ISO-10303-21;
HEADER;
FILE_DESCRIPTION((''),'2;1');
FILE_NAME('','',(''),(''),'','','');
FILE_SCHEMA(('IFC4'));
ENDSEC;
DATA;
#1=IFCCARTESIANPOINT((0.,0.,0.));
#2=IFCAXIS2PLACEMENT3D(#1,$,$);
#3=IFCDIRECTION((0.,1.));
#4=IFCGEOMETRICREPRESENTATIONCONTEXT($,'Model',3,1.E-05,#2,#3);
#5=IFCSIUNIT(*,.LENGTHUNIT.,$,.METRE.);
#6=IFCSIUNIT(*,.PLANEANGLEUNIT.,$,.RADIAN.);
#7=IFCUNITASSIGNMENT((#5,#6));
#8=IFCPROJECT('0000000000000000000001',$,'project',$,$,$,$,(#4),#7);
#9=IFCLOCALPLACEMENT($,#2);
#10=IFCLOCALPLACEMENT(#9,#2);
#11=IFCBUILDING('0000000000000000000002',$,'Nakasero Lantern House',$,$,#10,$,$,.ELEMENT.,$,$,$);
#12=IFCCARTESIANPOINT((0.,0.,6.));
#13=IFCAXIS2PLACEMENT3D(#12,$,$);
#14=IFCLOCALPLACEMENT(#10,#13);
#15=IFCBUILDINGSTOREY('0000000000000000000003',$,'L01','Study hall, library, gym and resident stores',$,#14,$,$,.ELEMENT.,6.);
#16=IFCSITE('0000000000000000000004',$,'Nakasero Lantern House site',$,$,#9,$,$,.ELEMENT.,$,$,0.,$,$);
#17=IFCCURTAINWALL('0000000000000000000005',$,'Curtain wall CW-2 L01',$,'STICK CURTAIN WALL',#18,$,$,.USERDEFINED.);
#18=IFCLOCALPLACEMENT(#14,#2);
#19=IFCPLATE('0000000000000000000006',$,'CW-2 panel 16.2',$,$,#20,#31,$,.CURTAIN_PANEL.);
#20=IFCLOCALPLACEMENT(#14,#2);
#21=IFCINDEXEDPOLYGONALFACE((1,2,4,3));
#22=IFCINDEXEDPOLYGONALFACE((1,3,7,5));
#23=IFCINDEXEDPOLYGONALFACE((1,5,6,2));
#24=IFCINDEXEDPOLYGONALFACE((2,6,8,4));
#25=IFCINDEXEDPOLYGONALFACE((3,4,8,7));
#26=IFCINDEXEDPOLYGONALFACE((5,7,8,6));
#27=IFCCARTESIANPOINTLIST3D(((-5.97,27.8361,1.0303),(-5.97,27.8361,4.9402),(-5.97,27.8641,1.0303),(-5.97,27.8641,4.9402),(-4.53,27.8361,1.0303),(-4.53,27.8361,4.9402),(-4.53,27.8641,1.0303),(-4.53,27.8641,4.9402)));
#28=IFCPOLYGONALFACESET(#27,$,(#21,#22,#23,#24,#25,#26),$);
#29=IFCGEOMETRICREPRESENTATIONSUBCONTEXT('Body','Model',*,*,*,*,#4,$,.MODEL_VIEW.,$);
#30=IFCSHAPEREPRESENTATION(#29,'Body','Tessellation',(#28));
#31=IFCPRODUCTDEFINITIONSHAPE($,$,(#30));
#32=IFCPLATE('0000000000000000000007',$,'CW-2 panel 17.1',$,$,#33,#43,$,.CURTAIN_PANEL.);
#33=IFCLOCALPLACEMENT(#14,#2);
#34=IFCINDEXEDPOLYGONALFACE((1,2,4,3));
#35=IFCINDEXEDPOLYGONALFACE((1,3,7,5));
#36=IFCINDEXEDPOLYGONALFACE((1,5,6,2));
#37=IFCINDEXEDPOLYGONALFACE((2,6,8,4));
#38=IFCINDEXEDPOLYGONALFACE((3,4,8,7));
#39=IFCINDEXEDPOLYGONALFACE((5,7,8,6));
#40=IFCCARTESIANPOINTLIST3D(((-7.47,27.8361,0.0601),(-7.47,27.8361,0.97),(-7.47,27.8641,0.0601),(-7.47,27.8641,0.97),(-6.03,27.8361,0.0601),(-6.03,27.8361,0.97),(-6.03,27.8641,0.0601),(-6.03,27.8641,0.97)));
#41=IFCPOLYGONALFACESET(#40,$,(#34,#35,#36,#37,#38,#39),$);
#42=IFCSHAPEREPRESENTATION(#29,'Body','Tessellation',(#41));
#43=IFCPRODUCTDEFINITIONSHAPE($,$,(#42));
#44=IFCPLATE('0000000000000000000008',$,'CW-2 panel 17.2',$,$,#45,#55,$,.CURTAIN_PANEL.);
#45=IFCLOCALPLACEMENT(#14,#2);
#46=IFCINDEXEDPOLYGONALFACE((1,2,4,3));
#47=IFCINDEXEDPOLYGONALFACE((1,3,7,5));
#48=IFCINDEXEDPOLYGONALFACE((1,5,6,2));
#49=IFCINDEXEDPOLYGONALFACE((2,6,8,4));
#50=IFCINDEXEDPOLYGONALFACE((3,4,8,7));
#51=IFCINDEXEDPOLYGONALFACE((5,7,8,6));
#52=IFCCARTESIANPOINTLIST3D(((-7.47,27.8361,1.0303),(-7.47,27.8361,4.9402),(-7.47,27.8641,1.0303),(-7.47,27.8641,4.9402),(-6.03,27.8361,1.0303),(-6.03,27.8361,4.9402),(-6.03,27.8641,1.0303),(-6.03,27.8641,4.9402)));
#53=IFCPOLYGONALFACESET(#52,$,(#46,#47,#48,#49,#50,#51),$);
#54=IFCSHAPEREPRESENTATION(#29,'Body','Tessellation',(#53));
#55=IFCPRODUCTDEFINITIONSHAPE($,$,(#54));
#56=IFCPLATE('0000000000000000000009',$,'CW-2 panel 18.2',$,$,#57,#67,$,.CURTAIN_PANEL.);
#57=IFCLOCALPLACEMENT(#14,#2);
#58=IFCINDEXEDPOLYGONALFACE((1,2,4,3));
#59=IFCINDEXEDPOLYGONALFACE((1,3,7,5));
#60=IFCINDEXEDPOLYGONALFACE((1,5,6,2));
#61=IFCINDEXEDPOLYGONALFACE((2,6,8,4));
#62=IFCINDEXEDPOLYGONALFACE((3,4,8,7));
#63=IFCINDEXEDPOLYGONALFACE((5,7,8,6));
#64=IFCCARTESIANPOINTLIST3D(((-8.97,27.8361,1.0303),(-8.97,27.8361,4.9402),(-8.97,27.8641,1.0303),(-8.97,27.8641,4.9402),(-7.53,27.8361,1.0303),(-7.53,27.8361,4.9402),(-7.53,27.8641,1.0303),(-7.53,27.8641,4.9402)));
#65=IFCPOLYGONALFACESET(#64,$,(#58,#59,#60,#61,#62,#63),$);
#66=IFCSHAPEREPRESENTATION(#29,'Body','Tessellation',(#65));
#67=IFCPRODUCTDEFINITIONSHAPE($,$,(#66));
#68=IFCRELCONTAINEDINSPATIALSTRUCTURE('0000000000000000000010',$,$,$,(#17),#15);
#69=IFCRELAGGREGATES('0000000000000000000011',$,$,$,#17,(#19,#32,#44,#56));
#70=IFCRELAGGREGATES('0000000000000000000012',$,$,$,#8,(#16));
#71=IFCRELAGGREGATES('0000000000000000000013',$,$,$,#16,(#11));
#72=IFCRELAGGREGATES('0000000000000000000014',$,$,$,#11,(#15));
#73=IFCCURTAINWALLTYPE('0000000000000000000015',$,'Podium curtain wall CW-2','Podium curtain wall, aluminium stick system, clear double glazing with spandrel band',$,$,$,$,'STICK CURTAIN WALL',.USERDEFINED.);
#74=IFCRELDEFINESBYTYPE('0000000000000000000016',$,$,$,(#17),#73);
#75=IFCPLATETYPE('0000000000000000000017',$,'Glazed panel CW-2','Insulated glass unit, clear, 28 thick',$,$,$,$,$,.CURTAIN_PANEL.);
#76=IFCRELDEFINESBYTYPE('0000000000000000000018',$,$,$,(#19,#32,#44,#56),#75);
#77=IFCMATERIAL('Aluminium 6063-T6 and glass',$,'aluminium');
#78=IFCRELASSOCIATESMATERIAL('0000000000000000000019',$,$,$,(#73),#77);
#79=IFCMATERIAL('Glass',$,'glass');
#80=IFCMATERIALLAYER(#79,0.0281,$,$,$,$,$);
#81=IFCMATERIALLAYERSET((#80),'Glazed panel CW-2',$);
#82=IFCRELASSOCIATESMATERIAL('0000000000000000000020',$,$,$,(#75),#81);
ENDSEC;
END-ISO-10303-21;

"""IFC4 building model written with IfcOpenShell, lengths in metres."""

from ifc_helpers import new_model, si_unit, direction, frame, origin, origin_2d, place, context, subcontext, project, spatial, rectangle, extrude, material, layer, layer_set, type_object, element, aggregate, save


model = new_model("IFC4")

# Units and contexts
model_context = context("Model", 3, precision=1e-05, world=origin(), true_north=direction((0.0, 1.0)))
body_context = subcontext(model_context, "Body", "Model", "MODEL_VIEW")
ifc_project = project(units=[si_unit("LENGTHUNIT", "METRE"), si_unit("PLANEANGLEUNIT", "RADIAN")], contexts=[model_context])

# Site, building, storey
site_placement = place(None, origin())
site = spatial("IfcSite", under=ifc_project, at=site_placement, Name="Nakasero Lantern House site", CompositionType="ELEMENT", RefElevation=0.0)
building_placement = place(site_placement, origin())
building = spatial("IfcBuilding", under=site, at=building_placement, Name="Nakasero Lantern House", CompositionType="ELEMENT")
storey_placement = place(building_placement, frame((0.0, 0.0, 6.0)))
storey = spatial("IfcBuildingStorey", under=building, at=storey_placement, Name="L01", Description="Study hall, library, gym and resident stores", CompositionType="ELEMENT", Elevation=6.0)

# Curtain wall, plates
ifc_material_1 = material(Name="Aluminium 6063-T6 and glass", Category="aluminium")
curtain_wall_type = type_object("IfcCurtainWallType", Name="Podium curtain wall CW-2", Description="Podium curtain wall, aluminium stick system, clear double glazing with spandrel band", ElementType="STICK CURTAIN WALL", PredefinedType="USERDEFINED", material=ifc_material_1)
curtain_wall_placement = place(storey_placement, origin())
curtain_wall = element("IfcCurtainWall", 1, at=curtain_wall_placement, inside=storey, type_object=curtain_wall_type, Name="Curtain wall CW-2 L01", ObjectType="STICK CURTAIN WALL", PredefinedType="USERDEFINED")
ifc_material_2 = material(Name="Glass", Category="glass")
ifc_layer = layer(ifc_material_2, 0.0281)
ifc_layer_set = layer_set([ifc_layer], Name="Glazed panel CW-2")
plate_type = type_object("IfcPlateType", Name="Glazed panel CW-2", Description="Insulated glass unit, clear, 28 thick", PredefinedType="CURTAIN_PANEL", material=ifc_layer_set)
plate_1_placement = place(storey_placement, frame((-5.25, 27.8501, 1.0303), z_axis=(0.0, 0.0, 1.0), x_axis=(-1.0, 0.0, 0.0)))
plate_1 = element("IfcPlate", 2, at=plate_1_placement, type_object=plate_type, Name="CW-2 panel 16.2", PredefinedType="CURTAIN_PANEL", context=body_context, shape_type="SweptSolid", body=[
    extrude(rectangle(XDim=1.4399, YDim=0.0281, at=origin_2d()), origin(), (0.0, 0.0, 1.0), 3.9099),
])
plate_2_placement = place(storey_placement, frame((-6.75, 27.8501, 0.0601), z_axis=(0.0, 0.0, 1.0), x_axis=(-1.0, 0.0, 0.0)))
plate_2 = element("IfcPlate", 3, at=plate_2_placement, type_object=plate_type, Name="CW-2 panel 17.1", PredefinedType="CURTAIN_PANEL", context=body_context, shape_type="SweptSolid", body=[
    extrude(rectangle(XDim=1.4399, YDim=0.0281, at=origin_2d()), origin(), (0.0, 0.0, 1.0), 0.9099),
])
plate_3_placement = place(storey_placement, frame((-6.75, 27.8501, 1.0303), z_axis=(0.0, 0.0, 1.0), x_axis=(-1.0, 0.0, 0.0)))
plate_3 = element("IfcPlate", 4, at=plate_3_placement, type_object=plate_type, Name="CW-2 panel 17.2", PredefinedType="CURTAIN_PANEL", context=body_context, shape_type="SweptSolid", body=[
    extrude(rectangle(XDim=1.4399, YDim=0.0281, at=origin_2d()), origin(), (0.0, 0.0, 1.0), 3.9099),
])
plate_4_placement = place(storey_placement, frame((-8.25, 27.8501, 1.0303), z_axis=(0.0, 0.0, 1.0), x_axis=(-1.0, 0.0, 0.0)))
plate_4 = element("IfcPlate", 5, at=plate_4_placement, type_object=plate_type, Name="CW-2 panel 18.2", PredefinedType="CURTAIN_PANEL", context=body_context, shape_type="SweptSolid", body=[
    extrude(rectangle(XDim=1.4399, YDim=0.0281, at=origin_2d()), origin(), (0.0, 0.0, 1.0), 3.9099),
])
aggregate(curtain_wall, [plate_1, plate_2, plate_3, plate_4])

save(model, "model.ifc")
